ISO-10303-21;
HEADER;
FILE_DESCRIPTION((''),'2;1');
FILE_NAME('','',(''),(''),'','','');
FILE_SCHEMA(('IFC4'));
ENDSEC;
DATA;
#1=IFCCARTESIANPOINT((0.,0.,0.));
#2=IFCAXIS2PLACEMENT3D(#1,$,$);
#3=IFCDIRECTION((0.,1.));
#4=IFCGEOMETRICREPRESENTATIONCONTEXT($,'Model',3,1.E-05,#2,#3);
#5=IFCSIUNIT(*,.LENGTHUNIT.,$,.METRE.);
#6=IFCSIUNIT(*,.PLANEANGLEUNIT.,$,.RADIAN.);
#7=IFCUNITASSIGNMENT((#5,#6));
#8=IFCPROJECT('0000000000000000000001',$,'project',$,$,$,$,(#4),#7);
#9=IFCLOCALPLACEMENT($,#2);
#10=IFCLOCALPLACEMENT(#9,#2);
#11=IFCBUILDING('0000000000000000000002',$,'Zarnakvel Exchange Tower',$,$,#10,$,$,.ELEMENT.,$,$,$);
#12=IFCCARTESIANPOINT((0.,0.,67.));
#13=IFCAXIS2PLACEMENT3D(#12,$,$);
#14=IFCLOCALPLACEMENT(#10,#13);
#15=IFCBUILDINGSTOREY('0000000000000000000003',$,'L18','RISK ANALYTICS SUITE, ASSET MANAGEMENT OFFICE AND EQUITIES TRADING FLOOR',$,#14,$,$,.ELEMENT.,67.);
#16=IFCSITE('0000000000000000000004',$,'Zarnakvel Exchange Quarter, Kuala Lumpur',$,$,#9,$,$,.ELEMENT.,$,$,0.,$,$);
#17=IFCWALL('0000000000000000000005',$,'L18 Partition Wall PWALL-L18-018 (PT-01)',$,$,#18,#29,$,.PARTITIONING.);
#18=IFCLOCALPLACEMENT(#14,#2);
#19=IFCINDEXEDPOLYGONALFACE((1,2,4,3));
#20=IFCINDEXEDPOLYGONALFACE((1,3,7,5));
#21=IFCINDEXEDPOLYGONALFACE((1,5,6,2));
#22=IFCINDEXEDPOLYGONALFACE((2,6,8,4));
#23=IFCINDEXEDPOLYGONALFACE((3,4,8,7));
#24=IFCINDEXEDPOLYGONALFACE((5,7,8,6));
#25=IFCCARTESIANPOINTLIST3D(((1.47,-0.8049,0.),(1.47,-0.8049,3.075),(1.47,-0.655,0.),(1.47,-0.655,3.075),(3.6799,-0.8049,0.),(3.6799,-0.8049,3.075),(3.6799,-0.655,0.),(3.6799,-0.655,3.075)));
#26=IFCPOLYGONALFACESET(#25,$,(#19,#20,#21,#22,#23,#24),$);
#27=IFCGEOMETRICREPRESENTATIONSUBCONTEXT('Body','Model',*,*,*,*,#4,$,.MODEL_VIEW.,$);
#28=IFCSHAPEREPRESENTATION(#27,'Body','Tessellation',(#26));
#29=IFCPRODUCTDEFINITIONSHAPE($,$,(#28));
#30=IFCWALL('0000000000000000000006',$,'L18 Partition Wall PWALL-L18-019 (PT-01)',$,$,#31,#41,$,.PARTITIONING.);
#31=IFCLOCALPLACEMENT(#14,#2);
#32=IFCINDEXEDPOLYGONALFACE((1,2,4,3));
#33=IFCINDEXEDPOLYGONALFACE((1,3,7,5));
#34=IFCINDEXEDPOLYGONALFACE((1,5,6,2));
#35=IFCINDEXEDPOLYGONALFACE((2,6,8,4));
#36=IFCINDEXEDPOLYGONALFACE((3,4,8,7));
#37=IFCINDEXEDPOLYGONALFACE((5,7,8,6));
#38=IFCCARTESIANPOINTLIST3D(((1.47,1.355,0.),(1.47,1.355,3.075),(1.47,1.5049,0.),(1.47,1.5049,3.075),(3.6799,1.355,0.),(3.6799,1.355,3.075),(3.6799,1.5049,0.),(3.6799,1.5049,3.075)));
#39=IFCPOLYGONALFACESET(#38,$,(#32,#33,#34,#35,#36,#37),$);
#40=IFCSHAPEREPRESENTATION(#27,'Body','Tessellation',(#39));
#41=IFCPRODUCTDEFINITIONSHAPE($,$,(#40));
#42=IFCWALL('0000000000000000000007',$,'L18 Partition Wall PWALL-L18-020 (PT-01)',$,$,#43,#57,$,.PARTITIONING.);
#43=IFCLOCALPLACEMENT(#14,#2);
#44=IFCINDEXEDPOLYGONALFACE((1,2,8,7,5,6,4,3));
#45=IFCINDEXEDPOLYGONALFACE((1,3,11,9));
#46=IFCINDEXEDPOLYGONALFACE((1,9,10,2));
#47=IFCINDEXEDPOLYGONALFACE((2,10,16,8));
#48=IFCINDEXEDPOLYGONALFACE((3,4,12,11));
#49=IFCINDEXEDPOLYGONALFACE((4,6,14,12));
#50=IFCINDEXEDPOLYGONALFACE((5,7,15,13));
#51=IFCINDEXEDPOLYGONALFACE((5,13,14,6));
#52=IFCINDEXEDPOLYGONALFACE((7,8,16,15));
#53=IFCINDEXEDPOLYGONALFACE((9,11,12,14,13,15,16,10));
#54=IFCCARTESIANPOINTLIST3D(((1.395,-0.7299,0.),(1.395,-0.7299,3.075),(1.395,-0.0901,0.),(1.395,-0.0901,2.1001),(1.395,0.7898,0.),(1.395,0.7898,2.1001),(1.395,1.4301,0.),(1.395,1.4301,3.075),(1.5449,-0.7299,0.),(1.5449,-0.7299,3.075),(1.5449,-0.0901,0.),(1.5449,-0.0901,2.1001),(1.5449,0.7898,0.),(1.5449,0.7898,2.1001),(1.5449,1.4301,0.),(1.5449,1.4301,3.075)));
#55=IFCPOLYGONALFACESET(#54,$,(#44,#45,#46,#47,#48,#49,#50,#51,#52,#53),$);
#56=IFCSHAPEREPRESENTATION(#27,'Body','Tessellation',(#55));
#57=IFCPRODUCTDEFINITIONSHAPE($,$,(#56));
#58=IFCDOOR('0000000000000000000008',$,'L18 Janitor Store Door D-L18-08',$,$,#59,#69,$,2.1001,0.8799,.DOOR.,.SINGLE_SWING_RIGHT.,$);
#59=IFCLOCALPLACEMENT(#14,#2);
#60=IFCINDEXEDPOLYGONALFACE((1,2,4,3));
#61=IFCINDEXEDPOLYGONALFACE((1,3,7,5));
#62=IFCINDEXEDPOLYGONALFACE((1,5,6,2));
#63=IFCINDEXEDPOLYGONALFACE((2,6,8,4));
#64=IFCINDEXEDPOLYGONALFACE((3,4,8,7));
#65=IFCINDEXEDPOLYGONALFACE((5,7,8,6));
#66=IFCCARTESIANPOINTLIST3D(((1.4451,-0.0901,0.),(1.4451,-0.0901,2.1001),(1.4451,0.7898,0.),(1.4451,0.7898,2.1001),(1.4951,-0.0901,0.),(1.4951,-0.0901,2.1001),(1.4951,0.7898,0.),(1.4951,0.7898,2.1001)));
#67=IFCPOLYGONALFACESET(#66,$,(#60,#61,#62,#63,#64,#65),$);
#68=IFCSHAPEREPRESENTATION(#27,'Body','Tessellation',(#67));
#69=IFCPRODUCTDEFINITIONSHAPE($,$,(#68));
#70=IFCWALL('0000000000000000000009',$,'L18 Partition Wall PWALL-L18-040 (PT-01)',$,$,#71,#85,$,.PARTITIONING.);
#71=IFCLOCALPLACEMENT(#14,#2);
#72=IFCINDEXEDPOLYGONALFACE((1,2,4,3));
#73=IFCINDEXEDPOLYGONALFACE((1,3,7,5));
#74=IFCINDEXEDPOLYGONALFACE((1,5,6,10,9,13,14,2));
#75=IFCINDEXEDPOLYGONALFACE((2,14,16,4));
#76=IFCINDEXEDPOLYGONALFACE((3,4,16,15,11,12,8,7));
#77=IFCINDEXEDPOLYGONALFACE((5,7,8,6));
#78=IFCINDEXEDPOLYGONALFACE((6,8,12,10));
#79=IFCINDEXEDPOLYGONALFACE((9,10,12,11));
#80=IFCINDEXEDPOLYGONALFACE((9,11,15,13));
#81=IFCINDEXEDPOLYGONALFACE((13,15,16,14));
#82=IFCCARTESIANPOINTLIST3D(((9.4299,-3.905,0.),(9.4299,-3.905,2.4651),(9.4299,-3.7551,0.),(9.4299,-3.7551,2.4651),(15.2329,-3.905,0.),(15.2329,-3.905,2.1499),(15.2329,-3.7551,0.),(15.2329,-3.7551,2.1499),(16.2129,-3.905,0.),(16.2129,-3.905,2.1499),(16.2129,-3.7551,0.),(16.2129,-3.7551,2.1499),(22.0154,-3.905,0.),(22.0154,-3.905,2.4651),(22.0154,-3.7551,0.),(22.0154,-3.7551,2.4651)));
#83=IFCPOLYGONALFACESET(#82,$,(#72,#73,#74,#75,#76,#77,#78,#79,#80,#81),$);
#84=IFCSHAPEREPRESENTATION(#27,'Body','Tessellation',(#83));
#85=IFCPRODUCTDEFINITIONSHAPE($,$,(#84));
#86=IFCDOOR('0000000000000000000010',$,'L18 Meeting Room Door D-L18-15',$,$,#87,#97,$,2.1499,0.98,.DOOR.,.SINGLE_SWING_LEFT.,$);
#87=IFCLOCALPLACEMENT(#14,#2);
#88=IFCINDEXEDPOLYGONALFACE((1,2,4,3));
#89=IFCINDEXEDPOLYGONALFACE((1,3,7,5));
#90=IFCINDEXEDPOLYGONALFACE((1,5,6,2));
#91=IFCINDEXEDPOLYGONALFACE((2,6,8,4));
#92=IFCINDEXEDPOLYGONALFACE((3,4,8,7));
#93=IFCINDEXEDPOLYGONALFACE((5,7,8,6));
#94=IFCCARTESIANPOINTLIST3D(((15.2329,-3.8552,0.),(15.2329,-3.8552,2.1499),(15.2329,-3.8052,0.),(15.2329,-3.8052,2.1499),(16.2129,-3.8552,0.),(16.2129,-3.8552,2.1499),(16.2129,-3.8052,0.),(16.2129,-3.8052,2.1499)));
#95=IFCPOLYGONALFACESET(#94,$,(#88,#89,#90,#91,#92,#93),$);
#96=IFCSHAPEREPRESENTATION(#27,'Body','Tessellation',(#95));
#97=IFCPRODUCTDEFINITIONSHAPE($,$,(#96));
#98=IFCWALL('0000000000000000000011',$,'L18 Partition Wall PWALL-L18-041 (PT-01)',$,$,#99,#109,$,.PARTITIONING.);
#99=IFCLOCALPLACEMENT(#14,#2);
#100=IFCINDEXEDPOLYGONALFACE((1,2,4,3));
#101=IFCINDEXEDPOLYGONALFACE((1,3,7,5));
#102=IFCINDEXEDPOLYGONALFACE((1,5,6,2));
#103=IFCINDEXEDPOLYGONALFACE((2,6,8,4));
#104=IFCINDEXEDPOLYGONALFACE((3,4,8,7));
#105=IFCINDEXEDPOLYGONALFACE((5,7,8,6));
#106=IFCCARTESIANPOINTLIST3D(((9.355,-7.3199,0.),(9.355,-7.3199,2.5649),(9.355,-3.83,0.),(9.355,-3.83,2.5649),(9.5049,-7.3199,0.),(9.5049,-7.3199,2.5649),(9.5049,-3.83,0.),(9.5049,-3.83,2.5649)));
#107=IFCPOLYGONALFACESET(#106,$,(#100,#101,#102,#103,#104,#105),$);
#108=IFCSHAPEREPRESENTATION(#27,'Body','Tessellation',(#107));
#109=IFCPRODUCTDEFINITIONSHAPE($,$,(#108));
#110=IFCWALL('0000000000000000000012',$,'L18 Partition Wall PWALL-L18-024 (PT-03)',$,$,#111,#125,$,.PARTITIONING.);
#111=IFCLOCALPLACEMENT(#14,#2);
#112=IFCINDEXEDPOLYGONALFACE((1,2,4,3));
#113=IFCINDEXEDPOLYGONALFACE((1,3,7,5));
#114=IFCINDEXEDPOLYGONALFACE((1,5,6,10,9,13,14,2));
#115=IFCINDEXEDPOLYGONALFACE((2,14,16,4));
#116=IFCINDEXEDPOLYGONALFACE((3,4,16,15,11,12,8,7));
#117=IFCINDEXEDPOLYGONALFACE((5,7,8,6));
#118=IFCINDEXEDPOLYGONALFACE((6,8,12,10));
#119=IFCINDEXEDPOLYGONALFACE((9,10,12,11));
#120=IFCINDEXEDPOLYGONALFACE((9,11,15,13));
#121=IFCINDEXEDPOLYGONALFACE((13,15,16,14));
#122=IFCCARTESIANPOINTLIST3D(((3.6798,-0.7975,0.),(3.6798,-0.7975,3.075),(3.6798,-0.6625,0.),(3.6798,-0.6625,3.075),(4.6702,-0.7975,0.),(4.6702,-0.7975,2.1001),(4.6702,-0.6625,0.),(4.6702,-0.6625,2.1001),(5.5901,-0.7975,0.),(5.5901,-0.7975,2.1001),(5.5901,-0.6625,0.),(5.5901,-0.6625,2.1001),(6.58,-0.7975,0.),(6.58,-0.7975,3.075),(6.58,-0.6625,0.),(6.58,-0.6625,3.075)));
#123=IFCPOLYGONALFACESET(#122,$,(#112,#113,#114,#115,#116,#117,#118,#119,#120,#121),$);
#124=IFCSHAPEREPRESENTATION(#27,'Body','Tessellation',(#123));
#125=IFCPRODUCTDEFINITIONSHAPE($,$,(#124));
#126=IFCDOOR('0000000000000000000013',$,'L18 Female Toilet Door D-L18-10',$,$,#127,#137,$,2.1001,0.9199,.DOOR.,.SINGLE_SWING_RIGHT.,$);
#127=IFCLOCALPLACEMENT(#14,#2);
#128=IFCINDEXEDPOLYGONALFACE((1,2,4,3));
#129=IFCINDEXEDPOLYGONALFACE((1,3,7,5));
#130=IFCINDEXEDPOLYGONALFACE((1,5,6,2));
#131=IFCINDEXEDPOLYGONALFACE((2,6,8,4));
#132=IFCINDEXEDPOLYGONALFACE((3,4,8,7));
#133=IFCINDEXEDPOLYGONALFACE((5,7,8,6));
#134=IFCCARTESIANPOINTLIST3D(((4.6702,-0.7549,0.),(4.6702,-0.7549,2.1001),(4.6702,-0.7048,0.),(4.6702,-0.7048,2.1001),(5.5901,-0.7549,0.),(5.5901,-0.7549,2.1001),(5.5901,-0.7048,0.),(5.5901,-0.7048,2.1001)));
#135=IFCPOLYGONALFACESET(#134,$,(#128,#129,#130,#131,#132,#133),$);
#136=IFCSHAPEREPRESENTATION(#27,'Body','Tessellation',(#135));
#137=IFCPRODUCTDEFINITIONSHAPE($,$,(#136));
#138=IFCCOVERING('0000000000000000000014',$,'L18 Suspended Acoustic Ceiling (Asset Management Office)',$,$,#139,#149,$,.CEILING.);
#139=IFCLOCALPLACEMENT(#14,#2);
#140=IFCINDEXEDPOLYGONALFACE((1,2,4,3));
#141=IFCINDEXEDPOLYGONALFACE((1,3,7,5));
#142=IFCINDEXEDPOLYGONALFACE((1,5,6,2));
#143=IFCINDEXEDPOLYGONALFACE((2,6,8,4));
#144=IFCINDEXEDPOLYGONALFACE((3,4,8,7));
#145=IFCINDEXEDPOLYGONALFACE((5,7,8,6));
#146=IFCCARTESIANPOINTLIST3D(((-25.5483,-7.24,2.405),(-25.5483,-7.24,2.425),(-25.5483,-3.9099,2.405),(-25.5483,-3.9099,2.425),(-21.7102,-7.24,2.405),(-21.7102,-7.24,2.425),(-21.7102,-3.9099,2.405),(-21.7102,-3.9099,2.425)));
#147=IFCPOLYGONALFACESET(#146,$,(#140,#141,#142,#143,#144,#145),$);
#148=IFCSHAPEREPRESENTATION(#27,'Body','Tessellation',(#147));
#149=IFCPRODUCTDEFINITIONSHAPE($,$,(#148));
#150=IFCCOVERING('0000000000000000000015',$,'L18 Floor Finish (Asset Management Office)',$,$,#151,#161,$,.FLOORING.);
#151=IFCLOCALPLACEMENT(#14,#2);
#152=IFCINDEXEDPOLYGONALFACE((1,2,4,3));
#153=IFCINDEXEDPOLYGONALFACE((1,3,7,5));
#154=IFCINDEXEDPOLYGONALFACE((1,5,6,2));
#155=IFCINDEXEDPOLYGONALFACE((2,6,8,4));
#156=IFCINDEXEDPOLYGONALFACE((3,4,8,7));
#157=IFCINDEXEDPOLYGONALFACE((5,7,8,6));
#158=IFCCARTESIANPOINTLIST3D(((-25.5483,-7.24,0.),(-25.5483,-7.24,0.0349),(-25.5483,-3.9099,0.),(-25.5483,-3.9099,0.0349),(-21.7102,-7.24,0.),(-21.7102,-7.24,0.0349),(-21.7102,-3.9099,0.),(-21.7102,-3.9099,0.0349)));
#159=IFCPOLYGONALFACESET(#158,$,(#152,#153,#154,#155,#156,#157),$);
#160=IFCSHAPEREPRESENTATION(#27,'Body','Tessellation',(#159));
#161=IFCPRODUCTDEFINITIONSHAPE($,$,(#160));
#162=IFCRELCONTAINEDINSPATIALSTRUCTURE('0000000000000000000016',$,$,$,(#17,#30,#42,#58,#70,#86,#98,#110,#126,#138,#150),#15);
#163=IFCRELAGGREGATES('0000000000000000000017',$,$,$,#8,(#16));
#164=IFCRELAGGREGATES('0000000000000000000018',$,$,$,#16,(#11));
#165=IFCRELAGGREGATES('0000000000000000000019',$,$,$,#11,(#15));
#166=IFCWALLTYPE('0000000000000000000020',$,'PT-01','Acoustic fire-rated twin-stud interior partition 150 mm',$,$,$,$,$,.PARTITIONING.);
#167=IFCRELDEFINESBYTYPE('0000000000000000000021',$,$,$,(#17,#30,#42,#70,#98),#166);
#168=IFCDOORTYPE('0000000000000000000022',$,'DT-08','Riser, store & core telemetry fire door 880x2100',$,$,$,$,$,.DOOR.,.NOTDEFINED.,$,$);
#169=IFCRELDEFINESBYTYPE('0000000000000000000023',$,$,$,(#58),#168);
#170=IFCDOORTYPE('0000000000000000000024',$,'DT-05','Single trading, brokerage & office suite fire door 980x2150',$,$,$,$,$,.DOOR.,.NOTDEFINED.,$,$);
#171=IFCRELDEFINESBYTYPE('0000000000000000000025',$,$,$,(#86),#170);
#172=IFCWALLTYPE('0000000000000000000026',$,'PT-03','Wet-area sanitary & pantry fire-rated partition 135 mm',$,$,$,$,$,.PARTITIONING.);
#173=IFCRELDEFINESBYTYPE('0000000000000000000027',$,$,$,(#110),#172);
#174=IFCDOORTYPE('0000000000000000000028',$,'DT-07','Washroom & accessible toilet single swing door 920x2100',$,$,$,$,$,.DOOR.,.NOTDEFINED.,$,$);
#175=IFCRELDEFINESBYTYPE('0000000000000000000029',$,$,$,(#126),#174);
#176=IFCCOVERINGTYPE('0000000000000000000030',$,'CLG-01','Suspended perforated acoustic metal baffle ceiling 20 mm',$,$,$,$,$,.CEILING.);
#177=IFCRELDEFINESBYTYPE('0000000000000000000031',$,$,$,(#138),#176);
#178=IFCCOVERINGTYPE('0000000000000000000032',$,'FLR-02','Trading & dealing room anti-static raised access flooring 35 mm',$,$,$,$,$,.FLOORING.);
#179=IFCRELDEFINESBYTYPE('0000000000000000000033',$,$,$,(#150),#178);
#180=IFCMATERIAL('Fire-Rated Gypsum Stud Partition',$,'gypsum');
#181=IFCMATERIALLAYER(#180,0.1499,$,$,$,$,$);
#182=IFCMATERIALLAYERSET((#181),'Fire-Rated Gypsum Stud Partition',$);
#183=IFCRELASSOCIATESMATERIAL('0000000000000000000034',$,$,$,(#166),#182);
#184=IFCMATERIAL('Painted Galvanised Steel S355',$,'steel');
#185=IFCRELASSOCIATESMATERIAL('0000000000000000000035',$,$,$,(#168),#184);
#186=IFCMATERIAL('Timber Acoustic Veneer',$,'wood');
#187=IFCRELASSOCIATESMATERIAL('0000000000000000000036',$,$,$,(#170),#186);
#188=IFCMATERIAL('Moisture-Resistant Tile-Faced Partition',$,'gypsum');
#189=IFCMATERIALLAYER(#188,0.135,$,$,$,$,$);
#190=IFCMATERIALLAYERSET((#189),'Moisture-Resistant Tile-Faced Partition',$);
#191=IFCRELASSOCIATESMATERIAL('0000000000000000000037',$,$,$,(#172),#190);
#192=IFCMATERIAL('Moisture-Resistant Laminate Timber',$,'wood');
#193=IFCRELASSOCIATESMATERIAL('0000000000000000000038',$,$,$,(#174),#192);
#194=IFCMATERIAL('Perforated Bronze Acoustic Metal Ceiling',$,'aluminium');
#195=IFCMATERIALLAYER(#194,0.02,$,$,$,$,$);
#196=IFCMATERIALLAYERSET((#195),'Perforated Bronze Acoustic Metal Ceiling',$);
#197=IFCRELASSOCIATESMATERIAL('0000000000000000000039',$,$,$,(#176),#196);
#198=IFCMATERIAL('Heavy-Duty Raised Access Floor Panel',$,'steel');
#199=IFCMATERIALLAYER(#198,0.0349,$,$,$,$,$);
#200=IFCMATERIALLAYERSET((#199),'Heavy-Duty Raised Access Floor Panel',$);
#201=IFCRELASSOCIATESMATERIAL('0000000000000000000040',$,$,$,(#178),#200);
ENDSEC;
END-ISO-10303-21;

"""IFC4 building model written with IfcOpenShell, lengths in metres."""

from ifc_helpers import new_model, si_unit, direction, frame, frame_2d, origin, place, context, subcontext, project, spatial, polyline, rectangle, outline, extrude, source, transform, mapped, material, layer, layer_set, type_object, element, fill, save


model = new_model("IFC4")

# Units and contexts
model_context = context("Model", 3, precision=1e-05, world=origin(), true_north=direction((0.0, 1.0)))
body_context = subcontext(model_context, "Body", "Model", "MODEL_VIEW")
ifc_project = project(units=[si_unit("LENGTHUNIT", "METRE"), si_unit("PLANEANGLEUNIT", "RADIAN")], contexts=[model_context])

# Site, building, storey
site_placement = place(None, origin())
site = spatial("IfcSite", under=ifc_project, at=site_placement, Name="Zarnakvel Exchange Quarter, Kuala Lumpur", CompositionType="ELEMENT", RefElevation=0.0)
building_placement = place(site_placement, origin())
building = spatial("IfcBuilding", under=site, at=building_placement, Name="Zarnakvel Exchange Tower", CompositionType="ELEMENT")
storey_placement = place(building_placement, frame((0.0, 0.0, 67.0)))
storey = spatial("IfcBuildingStorey", under=building, at=storey_placement, Name="L18", Description="RISK ANALYTICS SUITE, ASSET MANAGEMENT OFFICE AND EQUITIES TRADING FLOOR", CompositionType="ELEMENT", Elevation=67.0)

# Shared definitions
ifc_material_1 = material(Name="Painted Galvanised Steel S355", Category="steel")

# Walls
ifc_material_2 = material(Name="Fire-Rated Gypsum Stud Partition", Category="gypsum")
ifc_layer_1 = layer(ifc_material_2, 0.1499)
ifc_layer_set_1 = layer_set([ifc_layer_1], Name="Fire-Rated Gypsum Stud Partition")
wall_type_1 = type_object("IfcWallType", Name="PT-01", Description="Acoustic fire-rated twin-stud interior partition 150 mm", PredefinedType="PARTITIONING", material=ifc_layer_set_1)
for number, where, z_axis, x_axis, name in (
    (1, (3.6799, -0.73, 0.0), (0.0, 0.0, 1.0), (-1.0, 0.0, 0.0), "L18 Partition Wall PWALL-L18-018 (PT-01)"),
    (2, (1.47, 1.4299, 0.0), (0.0, 0.0, 1.0), (1.0, 0.0, 0.0), "L18 Partition Wall PWALL-L18-019 (PT-01)"),
):
    element("IfcWall", number, at=place(storey_placement, frame(where, z_axis=z_axis, x_axis=x_axis)), inside=storey, type_object=wall_type_1, Name=name, PredefinedType="PARTITIONING", context=body_context, shape_type="SweptSolid", body=[
        extrude(rectangle(XDim=2.21, YDim=0.1499, at=frame_2d((1.105, 0.0))), origin(), (0.0, 0.0, 1.0), 3.075),
    ])

# Walls, openings, doors
wall_1_placement = place(storey_placement, frame((1.47, -0.73, 0.0), z_axis=(0.0, 0.0, 1.0), x_axis=(0.0, 1.0, 0.0)))
wall_1 = element("IfcWall", 3, at=wall_1_placement, inside=storey, type_object=wall_type_1, Name="L18 Partition Wall PWALL-L18-020 (PT-01)", PredefinedType="PARTITIONING", context=body_context, shape_type="SweptSolid", body=[
    extrude(rectangle(XDim=2.1599, YDim=0.1499, at=frame_2d((1.0801, 0.0))), origin(), (0.0, 0.0, 1.0), 3.075),
])
opening_1_placement = place(wall_1_placement, frame((0.6399, 0.0, 0.0)))
opening_1 = element("IfcOpeningElement", 4, at=opening_1_placement, cuts=wall_1, PredefinedType="OPENING", context=body_context, shape_type="SweptSolid", body=[
    extrude(rectangle(XDim=0.8799, YDim=2.1001, at=frame_2d((0.4399, 1.05))), frame((0.0, 0.085, 0.0), z_axis=(0.0, -1.0, 0.0), x_axis=(1.0, 0.0, 0.0)), (0.0, 0.0, 1.0), 0.1699),
])
door_type_1 = type_object("IfcDoorType", Name="DT-08", Description="Riser, store & core telemetry fire door 880x2100", OperationType="NOTDEFINED", PredefinedType="DOOR", material=ifc_material_1)
shared_shape_1 = source(origin(), body_context, "Body", "SweptSolid", [
    extrude(rectangle(XDim=0.8799, YDim=2.1001, at=frame_2d((0.4399, 1.05))), frame((0.0, 0.0249, 0.0), z_axis=(0.0, -1.0, 0.0), x_axis=(1.0, 0.0, 0.0)), (0.0, 0.0, 1.0), 0.05),
])
door_1_placement = place(opening_1_placement, origin())
door_1 = element("IfcDoor", 5, at=door_1_placement, inside=storey, type_object=door_type_1, Name="L18 Janitor Store Door D-L18-08", OperationType="SINGLE_SWING_RIGHT", OverallHeight=2.1001, OverallWidth=0.8799, PredefinedType="DOOR", context=body_context, shape_type="MappedRepresentation", body=[
    mapped(shared_shape_1, transform((0.0, 0.0, 0.0), x_axis=(1.0, 0.0, 0.0), y_axis=(0.0, 1.0, 0.0), z_axis=(0.0, 0.0, 1.0), scale=1.0)),
])
fill(opening_1, door_1)
ifc_material_3 = material(Name="Timber Acoustic Veneer", Category="wood")
door_type_2 = type_object("IfcDoorType", Name="DT-05", Description="Single trading, brokerage & office suite fire door 980x2150", OperationType="NOTDEFINED", PredefinedType="DOOR", material=ifc_material_3)
wall_2_placement = place(storey_placement, frame((9.4299, -3.8301, 0.0), z_axis=(0.0, 0.0, 1.0), x_axis=(1.0, 0.0, 0.0)))
wall_2 = element("IfcWall", 6, at=wall_2_placement, inside=storey, type_object=wall_type_1, Name="L18 Partition Wall PWALL-L18-040 (PT-01)", PredefinedType="PARTITIONING", context=body_context, shape_type="SweptSolid", body=[
    extrude(rectangle(XDim=12.5854, YDim=0.1499, at=frame_2d((6.2927, 0.0))), origin(), (0.0, 0.0, 1.0), 2.4651),
])
opening_2_placement = place(wall_2_placement, frame((5.803, 0.0, 0.0)))
opening_2 = element("IfcOpeningElement", 7, at=opening_2_placement, cuts=wall_2, PredefinedType="OPENING", context=body_context, shape_type="SweptSolid", body=[
    extrude(rectangle(XDim=0.98, YDim=2.1499, at=frame_2d((0.49, 1.075))), frame((0.0, 0.085, 0.0), z_axis=(0.0, -1.0, 0.0), x_axis=(1.0, 0.0, 0.0)), (0.0, 0.0, 1.0), 0.1699),
])
shared_shape_2 = source(origin(), body_context, "Body", "SweptSolid", [
    extrude(rectangle(XDim=0.98, YDim=2.1499, at=frame_2d((0.49, 1.075))), frame((0.0, 0.0249, 0.0), z_axis=(0.0, -1.0, 0.0), x_axis=(1.0, 0.0, 0.0)), (0.0, 0.0, 1.0), 0.05),
])
door_2_placement = place(opening_2_placement, origin())
door_2 = element("IfcDoor", 8, at=door_2_placement, inside=storey, type_object=door_type_2, Name="L18 Meeting Room Door D-L18-15", OperationType="SINGLE_SWING_LEFT", OverallHeight=2.1499, OverallWidth=0.98, PredefinedType="DOOR", context=body_context, shape_type="MappedRepresentation", body=[
    mapped(shared_shape_2, transform((0.0, 0.0, 0.0), x_axis=(1.0, 0.0, 0.0), y_axis=(0.0, 1.0, 0.0), z_axis=(0.0, 0.0, 1.0), scale=1.0)),
])
fill(opening_2, door_2)

# Wall
wall_3_placement = place(storey_placement, frame((9.4299, -7.3201, 0.0), z_axis=(0.0, 0.0, 1.0), x_axis=(0.0, 1.0, 0.0)))
element("IfcWall", 9, at=wall_3_placement, inside=storey, type_object=wall_type_1, Name="L18 Partition Wall PWALL-L18-041 (PT-01)", PredefinedType="PARTITIONING", context=body_context, shape_type="SweptSolid", body=[
    extrude(rectangle(XDim=3.49, YDim=0.1499, at=frame_2d((1.7451, 0.0))), origin(), (0.0, 0.0, 1.0), 2.5649),
])

# Wall, opening, door
ifc_material_4 = material(Name="Moisture-Resistant Tile-Faced Partition", Category="gypsum")
ifc_layer_2 = layer(ifc_material_4, 0.135)
ifc_layer_set_2 = layer_set([ifc_layer_2], Name="Moisture-Resistant Tile-Faced Partition")
wall_type_2 = type_object("IfcWallType", Name="PT-03", Description="Wet-area sanitary & pantry fire-rated partition 135 mm", PredefinedType="PARTITIONING", material=ifc_layer_set_2)
wall_4_placement = place(storey_placement, frame((6.5801, -0.73, 0.0), z_axis=(0.0, 0.0, 1.0), x_axis=(-1.0, 0.0, 0.0)))
wall_4 = element("IfcWall", 10, at=wall_4_placement, inside=storey, type_object=wall_type_2, Name="L18 Partition Wall PWALL-L18-024 (PT-03)", PredefinedType="PARTITIONING", context=body_context, shape_type="SweptSolid", body=[
    extrude(rectangle(XDim=2.9001, YDim=0.135, at=frame_2d((1.4502, 0.0))), origin(), (0.0, 0.0, 1.0), 3.075),
])
opening_3_placement = place(wall_4_placement, frame((0.99, 0.0, 0.0)))
opening_3 = element("IfcOpeningElement", 11, at=opening_3_placement, cuts=wall_4, PredefinedType="OPENING", context=body_context, shape_type="SweptSolid", body=[
    extrude(rectangle(XDim=0.9199, YDim=2.1001, at=frame_2d((0.46, 1.05))), frame((0.0, 0.0774, 0.0), z_axis=(0.0, -1.0, 0.0), x_axis=(1.0, 0.0, 0.0)), (0.0, 0.0, 1.0), 0.155),
])
ifc_material_5 = material(Name="Moisture-Resistant Laminate Timber", Category="wood")
door_type_3 = type_object("IfcDoorType", Name="DT-07", Description="Washroom & accessible toilet single swing door 920x2100", OperationType="NOTDEFINED", PredefinedType="DOOR", material=ifc_material_5)
shared_shape_3 = source(origin(), body_context, "Body", "SweptSolid", [
    extrude(rectangle(XDim=0.9199, YDim=2.1001, at=frame_2d((0.46, 1.05))), frame((0.0, 0.0249, 0.0), z_axis=(0.0, -1.0, 0.0), x_axis=(1.0, 0.0, 0.0)), (0.0, 0.0, 1.0), 0.05),
])
door_3_placement = place(opening_3_placement, origin())
door_3 = element("IfcDoor", 12, at=door_3_placement, inside=storey, type_object=door_type_3, Name="L18 Female Toilet Door D-L18-10", OperationType="SINGLE_SWING_RIGHT", OverallHeight=2.1001, OverallWidth=0.9199, PredefinedType="DOOR", context=body_context, shape_type="MappedRepresentation", body=[
    mapped(shared_shape_3, transform((0.0, 0.0, 0.0), x_axis=(1.0, 0.0, 0.0), y_axis=(0.0, 1.0, 0.0), z_axis=(0.0, 0.0, 1.0), scale=1.0)),
])
fill(opening_3, door_3)

# Coverings
ifc_material_6 = material(Name="Perforated Bronze Acoustic Metal Ceiling", Category="aluminium")
ifc_layer_3 = layer(ifc_material_6, 0.02)
ifc_layer_set_3 = layer_set([ifc_layer_3], Name="Perforated Bronze Acoustic Metal Ceiling")
covering_type_1 = type_object("IfcCoveringType", Name="CLG-01", Description="Suspended perforated acoustic metal baffle ceiling 20 mm", PredefinedType="CEILING", material=ifc_layer_set_3)
covering_1_placement = place(storey_placement, frame((0.0, 0.0, 2.405)))
element("IfcCovering", 13, at=covering_1_placement, inside=storey, type_object=covering_type_1, Name="L18 Suspended Acoustic Ceiling (Asset Management Office)", PredefinedType="CEILING", context=body_context, shape_type="SweptSolid", body=[
    extrude(outline(polyline([(-25.5483, -3.9099), (-21.7102, -3.9099), (-21.7102, -7.24), (-25.5483, -7.24), (-25.5483, -3.9099)])), origin(), (0.0, 0.0, 1.0), 0.02),
])
ifc_material_7 = material(Name="Heavy-Duty Raised Access Floor Panel", Category="steel")
ifc_layer_4 = layer(ifc_material_7, 0.0349)
ifc_layer_set_4 = layer_set([ifc_layer_4], Name="Heavy-Duty Raised Access Floor Panel")
covering_type_2 = type_object("IfcCoveringType", Name="FLR-02", Description="Trading & dealing room anti-static raised access flooring 35 mm", PredefinedType="FLOORING", material=ifc_layer_set_4)
covering_2_placement = place(storey_placement, origin())
element("IfcCovering", 14, at=covering_2_placement, inside=storey, type_object=covering_type_2, Name="L18 Floor Finish (Asset Management Office)", PredefinedType="FLOORING", context=body_context, shape_type="SweptSolid", body=[
    extrude(outline(polyline([(-25.5483, -3.9099), (-21.7102, -3.9099), (-21.7102, -7.24), (-25.5483, -7.24), (-25.5483, -3.9099)])), origin(), (0.0, 0.0, 1.0), 0.0349),
])

save(model, "model.ifc")
